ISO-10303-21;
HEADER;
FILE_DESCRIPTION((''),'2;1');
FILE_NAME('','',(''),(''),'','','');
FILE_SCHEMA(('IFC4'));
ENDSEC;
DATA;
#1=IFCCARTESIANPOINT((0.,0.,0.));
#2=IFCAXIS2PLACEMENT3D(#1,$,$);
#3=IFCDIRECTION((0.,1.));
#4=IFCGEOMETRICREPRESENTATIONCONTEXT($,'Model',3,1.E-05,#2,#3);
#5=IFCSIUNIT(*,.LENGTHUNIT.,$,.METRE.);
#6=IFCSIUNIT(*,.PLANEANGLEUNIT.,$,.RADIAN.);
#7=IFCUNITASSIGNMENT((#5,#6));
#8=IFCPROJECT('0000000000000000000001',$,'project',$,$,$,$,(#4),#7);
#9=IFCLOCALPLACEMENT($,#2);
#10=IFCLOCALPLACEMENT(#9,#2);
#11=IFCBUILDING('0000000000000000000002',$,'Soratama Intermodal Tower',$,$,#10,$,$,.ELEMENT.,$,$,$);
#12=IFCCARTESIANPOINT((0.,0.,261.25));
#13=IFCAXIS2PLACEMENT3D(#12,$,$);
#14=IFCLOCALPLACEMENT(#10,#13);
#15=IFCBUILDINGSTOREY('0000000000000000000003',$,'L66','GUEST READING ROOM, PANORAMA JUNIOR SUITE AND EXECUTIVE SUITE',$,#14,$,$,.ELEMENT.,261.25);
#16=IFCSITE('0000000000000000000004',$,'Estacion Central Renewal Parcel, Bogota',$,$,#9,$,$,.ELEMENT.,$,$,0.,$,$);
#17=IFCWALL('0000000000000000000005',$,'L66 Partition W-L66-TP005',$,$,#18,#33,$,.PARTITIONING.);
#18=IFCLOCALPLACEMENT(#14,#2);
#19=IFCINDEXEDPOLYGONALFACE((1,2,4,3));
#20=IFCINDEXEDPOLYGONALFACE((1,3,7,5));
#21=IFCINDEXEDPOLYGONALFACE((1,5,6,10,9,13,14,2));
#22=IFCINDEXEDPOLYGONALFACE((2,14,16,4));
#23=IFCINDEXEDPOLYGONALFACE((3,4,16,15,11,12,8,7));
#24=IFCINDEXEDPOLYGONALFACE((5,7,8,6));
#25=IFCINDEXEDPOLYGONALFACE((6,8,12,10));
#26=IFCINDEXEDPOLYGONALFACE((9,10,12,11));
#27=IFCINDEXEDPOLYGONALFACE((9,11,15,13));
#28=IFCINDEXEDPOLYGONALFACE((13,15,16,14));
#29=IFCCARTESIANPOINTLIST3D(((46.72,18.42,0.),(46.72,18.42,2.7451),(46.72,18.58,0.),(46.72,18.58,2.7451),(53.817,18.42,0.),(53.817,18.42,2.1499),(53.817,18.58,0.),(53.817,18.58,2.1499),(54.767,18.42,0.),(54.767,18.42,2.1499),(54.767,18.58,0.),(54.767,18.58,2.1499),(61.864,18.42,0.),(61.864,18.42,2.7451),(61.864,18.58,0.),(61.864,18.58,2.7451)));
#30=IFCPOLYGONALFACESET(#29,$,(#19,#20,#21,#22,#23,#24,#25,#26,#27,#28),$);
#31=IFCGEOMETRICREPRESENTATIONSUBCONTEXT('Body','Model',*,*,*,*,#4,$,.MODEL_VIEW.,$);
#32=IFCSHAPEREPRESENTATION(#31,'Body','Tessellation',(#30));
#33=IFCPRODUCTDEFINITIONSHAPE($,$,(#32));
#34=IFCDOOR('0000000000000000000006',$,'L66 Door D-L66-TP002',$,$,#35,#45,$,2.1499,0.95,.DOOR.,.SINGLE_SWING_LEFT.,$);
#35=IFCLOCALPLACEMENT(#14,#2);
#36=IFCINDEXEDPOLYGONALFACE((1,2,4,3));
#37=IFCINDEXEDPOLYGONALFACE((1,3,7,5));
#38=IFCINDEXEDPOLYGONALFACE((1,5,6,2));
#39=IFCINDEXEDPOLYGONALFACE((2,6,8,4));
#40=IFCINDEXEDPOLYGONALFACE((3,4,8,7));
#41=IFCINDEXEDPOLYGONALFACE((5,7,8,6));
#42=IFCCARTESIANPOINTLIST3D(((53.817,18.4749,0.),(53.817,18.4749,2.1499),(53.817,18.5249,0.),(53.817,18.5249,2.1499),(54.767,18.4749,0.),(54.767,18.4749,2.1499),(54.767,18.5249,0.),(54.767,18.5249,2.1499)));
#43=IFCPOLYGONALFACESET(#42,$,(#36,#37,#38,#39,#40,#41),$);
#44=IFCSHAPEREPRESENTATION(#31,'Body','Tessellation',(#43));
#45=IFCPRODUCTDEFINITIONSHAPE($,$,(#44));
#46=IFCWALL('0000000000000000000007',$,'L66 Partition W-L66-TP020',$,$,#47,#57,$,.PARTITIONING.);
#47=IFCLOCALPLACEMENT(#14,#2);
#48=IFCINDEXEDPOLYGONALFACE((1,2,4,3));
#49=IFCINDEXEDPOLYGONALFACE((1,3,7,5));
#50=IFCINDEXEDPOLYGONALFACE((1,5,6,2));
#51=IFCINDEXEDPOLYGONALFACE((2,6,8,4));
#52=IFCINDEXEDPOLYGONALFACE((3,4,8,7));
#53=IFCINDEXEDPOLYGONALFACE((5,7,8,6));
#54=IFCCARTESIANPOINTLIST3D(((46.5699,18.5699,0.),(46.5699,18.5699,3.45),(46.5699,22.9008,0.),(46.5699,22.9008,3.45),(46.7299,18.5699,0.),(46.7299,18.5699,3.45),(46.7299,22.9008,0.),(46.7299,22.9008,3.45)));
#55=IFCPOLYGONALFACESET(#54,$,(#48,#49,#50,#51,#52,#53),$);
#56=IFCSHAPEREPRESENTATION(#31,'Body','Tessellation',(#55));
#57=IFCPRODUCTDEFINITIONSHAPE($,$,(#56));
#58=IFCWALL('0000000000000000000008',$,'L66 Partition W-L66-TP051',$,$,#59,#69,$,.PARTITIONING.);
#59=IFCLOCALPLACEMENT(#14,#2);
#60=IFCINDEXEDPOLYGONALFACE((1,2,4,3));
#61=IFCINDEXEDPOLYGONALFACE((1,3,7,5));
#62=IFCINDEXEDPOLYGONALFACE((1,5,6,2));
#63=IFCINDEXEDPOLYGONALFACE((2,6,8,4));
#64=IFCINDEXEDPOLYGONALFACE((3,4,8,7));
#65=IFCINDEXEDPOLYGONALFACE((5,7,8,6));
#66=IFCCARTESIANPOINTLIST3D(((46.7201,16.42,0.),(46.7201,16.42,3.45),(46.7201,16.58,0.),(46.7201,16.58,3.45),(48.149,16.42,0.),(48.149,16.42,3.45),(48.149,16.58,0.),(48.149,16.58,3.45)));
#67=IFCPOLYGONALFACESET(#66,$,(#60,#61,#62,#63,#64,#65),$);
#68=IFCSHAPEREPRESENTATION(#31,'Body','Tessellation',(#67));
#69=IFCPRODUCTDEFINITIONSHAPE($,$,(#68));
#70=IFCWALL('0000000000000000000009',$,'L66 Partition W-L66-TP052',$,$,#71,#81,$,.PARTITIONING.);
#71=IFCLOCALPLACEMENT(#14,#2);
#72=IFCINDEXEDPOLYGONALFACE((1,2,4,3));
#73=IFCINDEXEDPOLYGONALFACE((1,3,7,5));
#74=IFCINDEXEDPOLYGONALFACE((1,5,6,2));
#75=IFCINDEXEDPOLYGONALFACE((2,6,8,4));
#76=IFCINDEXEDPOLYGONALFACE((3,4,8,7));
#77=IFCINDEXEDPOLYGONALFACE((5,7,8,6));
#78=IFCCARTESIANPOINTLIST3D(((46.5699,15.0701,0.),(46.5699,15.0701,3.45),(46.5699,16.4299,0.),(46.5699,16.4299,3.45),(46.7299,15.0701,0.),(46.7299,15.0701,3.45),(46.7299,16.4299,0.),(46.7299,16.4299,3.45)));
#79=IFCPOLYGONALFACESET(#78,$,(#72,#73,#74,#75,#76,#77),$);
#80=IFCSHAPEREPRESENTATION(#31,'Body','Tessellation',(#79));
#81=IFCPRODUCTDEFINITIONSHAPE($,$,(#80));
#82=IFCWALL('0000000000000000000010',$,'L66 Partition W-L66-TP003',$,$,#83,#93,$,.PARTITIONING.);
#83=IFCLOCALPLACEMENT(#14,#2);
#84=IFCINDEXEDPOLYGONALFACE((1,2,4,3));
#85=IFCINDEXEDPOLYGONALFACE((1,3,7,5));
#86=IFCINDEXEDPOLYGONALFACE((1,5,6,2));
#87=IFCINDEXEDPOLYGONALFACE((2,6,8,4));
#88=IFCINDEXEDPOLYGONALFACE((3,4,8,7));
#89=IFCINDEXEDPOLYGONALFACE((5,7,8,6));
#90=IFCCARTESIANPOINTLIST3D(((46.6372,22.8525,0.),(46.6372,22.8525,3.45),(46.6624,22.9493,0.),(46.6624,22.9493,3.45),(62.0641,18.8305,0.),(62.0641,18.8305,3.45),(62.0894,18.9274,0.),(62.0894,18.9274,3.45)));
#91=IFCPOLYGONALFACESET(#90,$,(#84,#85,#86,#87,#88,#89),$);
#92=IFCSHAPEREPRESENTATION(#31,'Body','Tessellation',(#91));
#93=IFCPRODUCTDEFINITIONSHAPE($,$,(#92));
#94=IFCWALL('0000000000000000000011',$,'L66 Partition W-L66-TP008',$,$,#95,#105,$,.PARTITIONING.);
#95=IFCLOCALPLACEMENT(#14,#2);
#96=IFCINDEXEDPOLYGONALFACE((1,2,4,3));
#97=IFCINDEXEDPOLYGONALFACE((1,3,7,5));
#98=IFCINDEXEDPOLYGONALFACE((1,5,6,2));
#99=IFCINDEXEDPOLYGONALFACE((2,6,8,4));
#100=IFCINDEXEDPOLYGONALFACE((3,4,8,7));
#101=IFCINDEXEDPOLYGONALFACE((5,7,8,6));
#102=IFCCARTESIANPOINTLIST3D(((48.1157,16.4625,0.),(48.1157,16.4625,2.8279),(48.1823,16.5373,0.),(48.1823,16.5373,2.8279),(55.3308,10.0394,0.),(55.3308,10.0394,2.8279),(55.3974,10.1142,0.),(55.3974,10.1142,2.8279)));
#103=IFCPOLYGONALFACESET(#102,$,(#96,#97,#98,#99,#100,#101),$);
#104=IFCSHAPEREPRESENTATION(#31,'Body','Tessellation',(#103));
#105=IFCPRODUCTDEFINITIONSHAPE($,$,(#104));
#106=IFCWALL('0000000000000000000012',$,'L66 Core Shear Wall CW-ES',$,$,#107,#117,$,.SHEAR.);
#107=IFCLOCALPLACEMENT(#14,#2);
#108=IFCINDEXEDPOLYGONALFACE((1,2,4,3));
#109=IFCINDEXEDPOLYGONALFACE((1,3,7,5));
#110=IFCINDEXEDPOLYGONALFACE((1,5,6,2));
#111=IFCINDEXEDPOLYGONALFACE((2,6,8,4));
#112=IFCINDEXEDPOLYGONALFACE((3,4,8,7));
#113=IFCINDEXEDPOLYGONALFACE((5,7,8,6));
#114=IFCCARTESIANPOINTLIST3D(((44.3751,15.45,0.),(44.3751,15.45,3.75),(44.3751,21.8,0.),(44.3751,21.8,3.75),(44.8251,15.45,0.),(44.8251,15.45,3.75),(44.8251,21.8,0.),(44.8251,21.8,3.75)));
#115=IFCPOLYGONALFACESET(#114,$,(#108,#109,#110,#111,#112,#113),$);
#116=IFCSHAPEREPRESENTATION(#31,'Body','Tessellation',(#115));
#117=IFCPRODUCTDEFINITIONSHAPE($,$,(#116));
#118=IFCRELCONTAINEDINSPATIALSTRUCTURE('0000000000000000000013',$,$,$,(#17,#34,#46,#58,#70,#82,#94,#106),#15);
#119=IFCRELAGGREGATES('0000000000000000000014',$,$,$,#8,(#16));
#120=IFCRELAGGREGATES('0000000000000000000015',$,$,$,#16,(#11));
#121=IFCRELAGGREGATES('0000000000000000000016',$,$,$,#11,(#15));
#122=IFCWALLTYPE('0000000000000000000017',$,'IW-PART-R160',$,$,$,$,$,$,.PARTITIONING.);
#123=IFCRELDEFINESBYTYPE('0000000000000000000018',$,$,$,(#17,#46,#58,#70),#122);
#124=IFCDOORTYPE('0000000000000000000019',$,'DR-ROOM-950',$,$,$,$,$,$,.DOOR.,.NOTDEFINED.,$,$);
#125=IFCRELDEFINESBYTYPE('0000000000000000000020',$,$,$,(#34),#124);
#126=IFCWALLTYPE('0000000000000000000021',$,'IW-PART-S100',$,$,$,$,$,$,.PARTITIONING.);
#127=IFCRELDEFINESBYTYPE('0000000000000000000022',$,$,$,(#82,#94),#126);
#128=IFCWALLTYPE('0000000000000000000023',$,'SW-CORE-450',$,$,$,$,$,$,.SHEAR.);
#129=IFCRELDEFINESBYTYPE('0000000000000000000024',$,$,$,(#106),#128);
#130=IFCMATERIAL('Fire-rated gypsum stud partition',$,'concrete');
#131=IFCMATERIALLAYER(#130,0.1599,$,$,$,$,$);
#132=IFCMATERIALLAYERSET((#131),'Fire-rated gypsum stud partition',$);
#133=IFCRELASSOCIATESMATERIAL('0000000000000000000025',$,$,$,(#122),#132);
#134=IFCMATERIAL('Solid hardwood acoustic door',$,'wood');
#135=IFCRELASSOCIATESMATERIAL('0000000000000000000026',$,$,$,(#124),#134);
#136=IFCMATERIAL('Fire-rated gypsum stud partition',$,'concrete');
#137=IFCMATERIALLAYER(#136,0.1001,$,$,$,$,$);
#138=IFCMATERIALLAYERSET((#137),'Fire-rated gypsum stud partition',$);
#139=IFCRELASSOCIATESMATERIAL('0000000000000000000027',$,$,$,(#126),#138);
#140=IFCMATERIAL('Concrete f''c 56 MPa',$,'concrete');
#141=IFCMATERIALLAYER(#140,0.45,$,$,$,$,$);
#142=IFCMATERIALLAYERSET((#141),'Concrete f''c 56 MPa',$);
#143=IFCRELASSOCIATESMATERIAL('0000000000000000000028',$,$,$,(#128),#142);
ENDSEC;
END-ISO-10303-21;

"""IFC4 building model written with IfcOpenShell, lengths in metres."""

from ifc_helpers import new_model, si_unit, direction, frame, frame_2d, origin, place, context, subcontext, project, spatial, rectangle, extrude, material, layer, layer_set, type_object, element, fill, save


model = new_model("IFC4")

# Units and contexts
model_context = context("Model", 3, precision=1e-05, world=origin(), true_north=direction((0.0, 1.0)))
body_context = subcontext(model_context, "Body", "Model", "MODEL_VIEW")
ifc_project = project(units=[si_unit("LENGTHUNIT", "METRE"), si_unit("PLANEANGLEUNIT", "RADIAN")], contexts=[model_context])

# Site, building, storey
site_placement = place(None, origin())
site = spatial("IfcSite", under=ifc_project, at=site_placement, Name="Estacion Central Renewal Parcel, Bogota", CompositionType="ELEMENT", RefElevation=0.0)
building_placement = place(site_placement, origin())
building = spatial("IfcBuilding", under=site, at=building_placement, Name="Soratama Intermodal Tower", CompositionType="ELEMENT")
storey_placement = place(building_placement, frame((0.0, 0.0, 261.25)))
storey = spatial("IfcBuildingStorey", under=building, at=storey_placement, Name="L66", Description="GUEST READING ROOM, PANORAMA JUNIOR SUITE AND EXECUTIVE SUITE", CompositionType="ELEMENT", Elevation=261.25)

# Wall, opening, door
ifc_material_1 = material(Name="Fire-rated gypsum stud partition", Category="concrete")
ifc_layer_1 = layer(ifc_material_1, 0.1599)
ifc_layer_set_1 = layer_set([ifc_layer_1], Name="Fire-rated gypsum stud partition")
wall_type_1 = type_object("IfcWallType", Name="IW-PART-R160", PredefinedType="PARTITIONING", material=ifc_layer_set_1)
wall_1_placement = place(storey_placement, frame((46.72, 18.5, 0.0), z_axis=(0.0, 0.0, 1.0), x_axis=(1.0, 0.0, 0.0)))
wall_1 = element("IfcWall", 1, at=wall_1_placement, inside=storey, type_object=wall_type_1, Name="L66 Partition W-L66-TP005", PredefinedType="PARTITIONING", context=body_context, shape_type="SweptSolid", body=[
    extrude(rectangle(XDim=15.144, YDim=0.1599, at=frame_2d((7.572, 0.0))), origin(), (0.0, 0.0, 1.0), 2.7451),
])
opening_1_placement = place(wall_1_placement, frame((7.0969, 0.0, 0.0)))
opening_1 = element("IfcOpeningElement", 2, at=opening_1_placement, cuts=wall_1, PredefinedType="OPENING", context=body_context, shape_type="SweptSolid", body=[
    extrude(rectangle(XDim=0.95, YDim=2.1499, at=frame_2d((0.4751, 1.075))), frame((0.0, 0.0898, 0.0), z_axis=(0.0, -1.0, 0.0), x_axis=(1.0, 0.0, 0.0)), (0.0, 0.0, 1.0), 0.1799),
])
ifc_material_2 = material(Name="Solid hardwood acoustic door", Category="wood")
door_type = type_object("IfcDoorType", Name="DR-ROOM-950", OperationType="NOTDEFINED", PredefinedType="DOOR", material=ifc_material_2)
door_1_placement = place(opening_1_placement, origin())
door_1 = element("IfcDoor", 3, at=door_1_placement, inside=storey, type_object=door_type, Name="L66 Door D-L66-TP002", OperationType="SINGLE_SWING_LEFT", OverallHeight=2.1499, OverallWidth=0.95, PredefinedType="DOOR", context=body_context, shape_type="SweptSolid", body=[
    extrude(rectangle(XDim=0.95, YDim=2.1499, at=frame_2d((0.4751, 1.075))), frame((0.0, 0.0249, 0.0), z_axis=(0.0, -1.0, 0.0), x_axis=(1.0, 0.0, 0.0)), (0.0, 0.0, 1.0), 0.05),
])
fill(opening_1, door_1)

# Wall
wall_2_placement = place(storey_placement, frame((46.6499, 22.9009, 0.0), z_axis=(0.0, 0.0, 1.0), x_axis=(0.0, -1.0, 0.0)))
element("IfcWall", 4, at=wall_2_placement, inside=storey, type_object=wall_type_1, Name="L66 Partition W-L66-TP020", PredefinedType="PARTITIONING", context=body_context, shape_type="SweptSolid", body=[
    extrude(rectangle(XDim=4.3308, YDim=0.1599, at=frame_2d((2.1655, 0.0))), origin(), (0.0, 0.0, 1.0), 3.45),
])

# Walls
wall_3_placement = place(storey_placement, frame((48.1489, 16.5, 0.0), z_axis=(0.0, 0.0, 1.0), x_axis=(-1.0, 0.0, 0.0)))
element("IfcWall", 5, at=wall_3_placement, inside=storey, type_object=wall_type_1, Name="L66 Partition W-L66-TP051", PredefinedType="PARTITIONING", context=body_context, shape_type="SweptSolid", body=[
    extrude(rectangle(XDim=1.429, YDim=0.1599, at=frame_2d((0.7144, 0.0))), origin(), (0.0, 0.0, 1.0), 3.45),
])
wall_4_placement = place(storey_placement, frame((46.6499, 16.4299, 0.0), z_axis=(0.0, 0.0, 1.0), x_axis=(0.0, -1.0, 0.0)))
element("IfcWall", 6, at=wall_4_placement, inside=storey, type_object=wall_type_1, Name="L66 Partition W-L66-TP052", PredefinedType="PARTITIONING", context=body_context, shape_type="SweptSolid", body=[
    extrude(rectangle(XDim=1.3599, YDim=0.1599, at=frame_2d((0.6799, 0.0))), origin(), (0.0, 0.0, 1.0), 3.45),
])
ifc_material_3 = material(Name="Fire-rated gypsum stud partition", Category="concrete")
ifc_layer_2 = layer(ifc_material_3, 0.1001)
ifc_layer_set_2 = layer_set([ifc_layer_2], Name="Fire-rated gypsum stud partition")
wall_type_2 = type_object("IfcWallType", Name="IW-PART-S100", PredefinedType="PARTITIONING", material=ifc_layer_set_2)
wall_5_placement = place(storey_placement, frame((46.6499, 22.9009, 0.0), z_axis=(0.0, 0.0, 1.0), x_axis=(0.967655, -0.252277, 0.0)))
element("IfcWall", 7, at=wall_5_placement, inside=storey, type_object=wall_type_2, Name="L66 Partition W-L66-TP003", PredefinedType="PARTITIONING", context=body_context, shape_type="SweptSolid", body=[
    extrude(rectangle(XDim=15.9426, YDim=0.1001, at=frame_2d((7.9712, 0.0))), origin(), (0.0, 0.0, 1.0), 3.45),
])
wall_6_placement = place(storey_placement, frame((48.1489, 16.5, 0.0), z_axis=(0.0, 0.0, 1.0), x_axis=(0.746911, -0.664924, 0.0)))
element("IfcWall", 8, at=wall_6_placement, inside=storey, type_object=wall_type_2, Name="L66 Partition W-L66-TP008", PredefinedType="PARTITIONING", context=body_context, shape_type="SweptSolid", body=[
    extrude(rectangle(XDim=9.6599, YDim=0.1001, at=frame_2d((4.8301, 0.0))), origin(), (0.0, 0.0, 1.0), 2.8279),
])
ifc_material_4 = material(Name="Concrete f'c 56 MPa", Category="concrete")
ifc_layer_3 = layer(ifc_material_4, 0.45)
ifc_layer_set_3 = layer_set([ifc_layer_3], Name="Concrete f'c 56 MPa")
wall_type_3 = type_object("IfcWallType", Name="SW-CORE-450", PredefinedType="SHEAR", material=ifc_layer_set_3)
wall_7_placement = place(storey_placement, frame((44.6001, 15.45, 0.0), z_axis=(0.0, 0.0, 1.0), x_axis=(0.0, 1.0, 0.0)))
element("IfcWall", 9, at=wall_7_placement, inside=storey, type_object=wall_type_3, Name="L66 Core Shear Wall CW-ES", PredefinedType="SHEAR", context=body_context, shape_type="SweptSolid", body=[
    extrude(rectangle(XDim=6.3501, YDim=0.45, at=frame_2d((3.175, 0.0))), origin(), (0.0, 0.0, 1.0), 3.75),
])

save(model, "model.ifc")
